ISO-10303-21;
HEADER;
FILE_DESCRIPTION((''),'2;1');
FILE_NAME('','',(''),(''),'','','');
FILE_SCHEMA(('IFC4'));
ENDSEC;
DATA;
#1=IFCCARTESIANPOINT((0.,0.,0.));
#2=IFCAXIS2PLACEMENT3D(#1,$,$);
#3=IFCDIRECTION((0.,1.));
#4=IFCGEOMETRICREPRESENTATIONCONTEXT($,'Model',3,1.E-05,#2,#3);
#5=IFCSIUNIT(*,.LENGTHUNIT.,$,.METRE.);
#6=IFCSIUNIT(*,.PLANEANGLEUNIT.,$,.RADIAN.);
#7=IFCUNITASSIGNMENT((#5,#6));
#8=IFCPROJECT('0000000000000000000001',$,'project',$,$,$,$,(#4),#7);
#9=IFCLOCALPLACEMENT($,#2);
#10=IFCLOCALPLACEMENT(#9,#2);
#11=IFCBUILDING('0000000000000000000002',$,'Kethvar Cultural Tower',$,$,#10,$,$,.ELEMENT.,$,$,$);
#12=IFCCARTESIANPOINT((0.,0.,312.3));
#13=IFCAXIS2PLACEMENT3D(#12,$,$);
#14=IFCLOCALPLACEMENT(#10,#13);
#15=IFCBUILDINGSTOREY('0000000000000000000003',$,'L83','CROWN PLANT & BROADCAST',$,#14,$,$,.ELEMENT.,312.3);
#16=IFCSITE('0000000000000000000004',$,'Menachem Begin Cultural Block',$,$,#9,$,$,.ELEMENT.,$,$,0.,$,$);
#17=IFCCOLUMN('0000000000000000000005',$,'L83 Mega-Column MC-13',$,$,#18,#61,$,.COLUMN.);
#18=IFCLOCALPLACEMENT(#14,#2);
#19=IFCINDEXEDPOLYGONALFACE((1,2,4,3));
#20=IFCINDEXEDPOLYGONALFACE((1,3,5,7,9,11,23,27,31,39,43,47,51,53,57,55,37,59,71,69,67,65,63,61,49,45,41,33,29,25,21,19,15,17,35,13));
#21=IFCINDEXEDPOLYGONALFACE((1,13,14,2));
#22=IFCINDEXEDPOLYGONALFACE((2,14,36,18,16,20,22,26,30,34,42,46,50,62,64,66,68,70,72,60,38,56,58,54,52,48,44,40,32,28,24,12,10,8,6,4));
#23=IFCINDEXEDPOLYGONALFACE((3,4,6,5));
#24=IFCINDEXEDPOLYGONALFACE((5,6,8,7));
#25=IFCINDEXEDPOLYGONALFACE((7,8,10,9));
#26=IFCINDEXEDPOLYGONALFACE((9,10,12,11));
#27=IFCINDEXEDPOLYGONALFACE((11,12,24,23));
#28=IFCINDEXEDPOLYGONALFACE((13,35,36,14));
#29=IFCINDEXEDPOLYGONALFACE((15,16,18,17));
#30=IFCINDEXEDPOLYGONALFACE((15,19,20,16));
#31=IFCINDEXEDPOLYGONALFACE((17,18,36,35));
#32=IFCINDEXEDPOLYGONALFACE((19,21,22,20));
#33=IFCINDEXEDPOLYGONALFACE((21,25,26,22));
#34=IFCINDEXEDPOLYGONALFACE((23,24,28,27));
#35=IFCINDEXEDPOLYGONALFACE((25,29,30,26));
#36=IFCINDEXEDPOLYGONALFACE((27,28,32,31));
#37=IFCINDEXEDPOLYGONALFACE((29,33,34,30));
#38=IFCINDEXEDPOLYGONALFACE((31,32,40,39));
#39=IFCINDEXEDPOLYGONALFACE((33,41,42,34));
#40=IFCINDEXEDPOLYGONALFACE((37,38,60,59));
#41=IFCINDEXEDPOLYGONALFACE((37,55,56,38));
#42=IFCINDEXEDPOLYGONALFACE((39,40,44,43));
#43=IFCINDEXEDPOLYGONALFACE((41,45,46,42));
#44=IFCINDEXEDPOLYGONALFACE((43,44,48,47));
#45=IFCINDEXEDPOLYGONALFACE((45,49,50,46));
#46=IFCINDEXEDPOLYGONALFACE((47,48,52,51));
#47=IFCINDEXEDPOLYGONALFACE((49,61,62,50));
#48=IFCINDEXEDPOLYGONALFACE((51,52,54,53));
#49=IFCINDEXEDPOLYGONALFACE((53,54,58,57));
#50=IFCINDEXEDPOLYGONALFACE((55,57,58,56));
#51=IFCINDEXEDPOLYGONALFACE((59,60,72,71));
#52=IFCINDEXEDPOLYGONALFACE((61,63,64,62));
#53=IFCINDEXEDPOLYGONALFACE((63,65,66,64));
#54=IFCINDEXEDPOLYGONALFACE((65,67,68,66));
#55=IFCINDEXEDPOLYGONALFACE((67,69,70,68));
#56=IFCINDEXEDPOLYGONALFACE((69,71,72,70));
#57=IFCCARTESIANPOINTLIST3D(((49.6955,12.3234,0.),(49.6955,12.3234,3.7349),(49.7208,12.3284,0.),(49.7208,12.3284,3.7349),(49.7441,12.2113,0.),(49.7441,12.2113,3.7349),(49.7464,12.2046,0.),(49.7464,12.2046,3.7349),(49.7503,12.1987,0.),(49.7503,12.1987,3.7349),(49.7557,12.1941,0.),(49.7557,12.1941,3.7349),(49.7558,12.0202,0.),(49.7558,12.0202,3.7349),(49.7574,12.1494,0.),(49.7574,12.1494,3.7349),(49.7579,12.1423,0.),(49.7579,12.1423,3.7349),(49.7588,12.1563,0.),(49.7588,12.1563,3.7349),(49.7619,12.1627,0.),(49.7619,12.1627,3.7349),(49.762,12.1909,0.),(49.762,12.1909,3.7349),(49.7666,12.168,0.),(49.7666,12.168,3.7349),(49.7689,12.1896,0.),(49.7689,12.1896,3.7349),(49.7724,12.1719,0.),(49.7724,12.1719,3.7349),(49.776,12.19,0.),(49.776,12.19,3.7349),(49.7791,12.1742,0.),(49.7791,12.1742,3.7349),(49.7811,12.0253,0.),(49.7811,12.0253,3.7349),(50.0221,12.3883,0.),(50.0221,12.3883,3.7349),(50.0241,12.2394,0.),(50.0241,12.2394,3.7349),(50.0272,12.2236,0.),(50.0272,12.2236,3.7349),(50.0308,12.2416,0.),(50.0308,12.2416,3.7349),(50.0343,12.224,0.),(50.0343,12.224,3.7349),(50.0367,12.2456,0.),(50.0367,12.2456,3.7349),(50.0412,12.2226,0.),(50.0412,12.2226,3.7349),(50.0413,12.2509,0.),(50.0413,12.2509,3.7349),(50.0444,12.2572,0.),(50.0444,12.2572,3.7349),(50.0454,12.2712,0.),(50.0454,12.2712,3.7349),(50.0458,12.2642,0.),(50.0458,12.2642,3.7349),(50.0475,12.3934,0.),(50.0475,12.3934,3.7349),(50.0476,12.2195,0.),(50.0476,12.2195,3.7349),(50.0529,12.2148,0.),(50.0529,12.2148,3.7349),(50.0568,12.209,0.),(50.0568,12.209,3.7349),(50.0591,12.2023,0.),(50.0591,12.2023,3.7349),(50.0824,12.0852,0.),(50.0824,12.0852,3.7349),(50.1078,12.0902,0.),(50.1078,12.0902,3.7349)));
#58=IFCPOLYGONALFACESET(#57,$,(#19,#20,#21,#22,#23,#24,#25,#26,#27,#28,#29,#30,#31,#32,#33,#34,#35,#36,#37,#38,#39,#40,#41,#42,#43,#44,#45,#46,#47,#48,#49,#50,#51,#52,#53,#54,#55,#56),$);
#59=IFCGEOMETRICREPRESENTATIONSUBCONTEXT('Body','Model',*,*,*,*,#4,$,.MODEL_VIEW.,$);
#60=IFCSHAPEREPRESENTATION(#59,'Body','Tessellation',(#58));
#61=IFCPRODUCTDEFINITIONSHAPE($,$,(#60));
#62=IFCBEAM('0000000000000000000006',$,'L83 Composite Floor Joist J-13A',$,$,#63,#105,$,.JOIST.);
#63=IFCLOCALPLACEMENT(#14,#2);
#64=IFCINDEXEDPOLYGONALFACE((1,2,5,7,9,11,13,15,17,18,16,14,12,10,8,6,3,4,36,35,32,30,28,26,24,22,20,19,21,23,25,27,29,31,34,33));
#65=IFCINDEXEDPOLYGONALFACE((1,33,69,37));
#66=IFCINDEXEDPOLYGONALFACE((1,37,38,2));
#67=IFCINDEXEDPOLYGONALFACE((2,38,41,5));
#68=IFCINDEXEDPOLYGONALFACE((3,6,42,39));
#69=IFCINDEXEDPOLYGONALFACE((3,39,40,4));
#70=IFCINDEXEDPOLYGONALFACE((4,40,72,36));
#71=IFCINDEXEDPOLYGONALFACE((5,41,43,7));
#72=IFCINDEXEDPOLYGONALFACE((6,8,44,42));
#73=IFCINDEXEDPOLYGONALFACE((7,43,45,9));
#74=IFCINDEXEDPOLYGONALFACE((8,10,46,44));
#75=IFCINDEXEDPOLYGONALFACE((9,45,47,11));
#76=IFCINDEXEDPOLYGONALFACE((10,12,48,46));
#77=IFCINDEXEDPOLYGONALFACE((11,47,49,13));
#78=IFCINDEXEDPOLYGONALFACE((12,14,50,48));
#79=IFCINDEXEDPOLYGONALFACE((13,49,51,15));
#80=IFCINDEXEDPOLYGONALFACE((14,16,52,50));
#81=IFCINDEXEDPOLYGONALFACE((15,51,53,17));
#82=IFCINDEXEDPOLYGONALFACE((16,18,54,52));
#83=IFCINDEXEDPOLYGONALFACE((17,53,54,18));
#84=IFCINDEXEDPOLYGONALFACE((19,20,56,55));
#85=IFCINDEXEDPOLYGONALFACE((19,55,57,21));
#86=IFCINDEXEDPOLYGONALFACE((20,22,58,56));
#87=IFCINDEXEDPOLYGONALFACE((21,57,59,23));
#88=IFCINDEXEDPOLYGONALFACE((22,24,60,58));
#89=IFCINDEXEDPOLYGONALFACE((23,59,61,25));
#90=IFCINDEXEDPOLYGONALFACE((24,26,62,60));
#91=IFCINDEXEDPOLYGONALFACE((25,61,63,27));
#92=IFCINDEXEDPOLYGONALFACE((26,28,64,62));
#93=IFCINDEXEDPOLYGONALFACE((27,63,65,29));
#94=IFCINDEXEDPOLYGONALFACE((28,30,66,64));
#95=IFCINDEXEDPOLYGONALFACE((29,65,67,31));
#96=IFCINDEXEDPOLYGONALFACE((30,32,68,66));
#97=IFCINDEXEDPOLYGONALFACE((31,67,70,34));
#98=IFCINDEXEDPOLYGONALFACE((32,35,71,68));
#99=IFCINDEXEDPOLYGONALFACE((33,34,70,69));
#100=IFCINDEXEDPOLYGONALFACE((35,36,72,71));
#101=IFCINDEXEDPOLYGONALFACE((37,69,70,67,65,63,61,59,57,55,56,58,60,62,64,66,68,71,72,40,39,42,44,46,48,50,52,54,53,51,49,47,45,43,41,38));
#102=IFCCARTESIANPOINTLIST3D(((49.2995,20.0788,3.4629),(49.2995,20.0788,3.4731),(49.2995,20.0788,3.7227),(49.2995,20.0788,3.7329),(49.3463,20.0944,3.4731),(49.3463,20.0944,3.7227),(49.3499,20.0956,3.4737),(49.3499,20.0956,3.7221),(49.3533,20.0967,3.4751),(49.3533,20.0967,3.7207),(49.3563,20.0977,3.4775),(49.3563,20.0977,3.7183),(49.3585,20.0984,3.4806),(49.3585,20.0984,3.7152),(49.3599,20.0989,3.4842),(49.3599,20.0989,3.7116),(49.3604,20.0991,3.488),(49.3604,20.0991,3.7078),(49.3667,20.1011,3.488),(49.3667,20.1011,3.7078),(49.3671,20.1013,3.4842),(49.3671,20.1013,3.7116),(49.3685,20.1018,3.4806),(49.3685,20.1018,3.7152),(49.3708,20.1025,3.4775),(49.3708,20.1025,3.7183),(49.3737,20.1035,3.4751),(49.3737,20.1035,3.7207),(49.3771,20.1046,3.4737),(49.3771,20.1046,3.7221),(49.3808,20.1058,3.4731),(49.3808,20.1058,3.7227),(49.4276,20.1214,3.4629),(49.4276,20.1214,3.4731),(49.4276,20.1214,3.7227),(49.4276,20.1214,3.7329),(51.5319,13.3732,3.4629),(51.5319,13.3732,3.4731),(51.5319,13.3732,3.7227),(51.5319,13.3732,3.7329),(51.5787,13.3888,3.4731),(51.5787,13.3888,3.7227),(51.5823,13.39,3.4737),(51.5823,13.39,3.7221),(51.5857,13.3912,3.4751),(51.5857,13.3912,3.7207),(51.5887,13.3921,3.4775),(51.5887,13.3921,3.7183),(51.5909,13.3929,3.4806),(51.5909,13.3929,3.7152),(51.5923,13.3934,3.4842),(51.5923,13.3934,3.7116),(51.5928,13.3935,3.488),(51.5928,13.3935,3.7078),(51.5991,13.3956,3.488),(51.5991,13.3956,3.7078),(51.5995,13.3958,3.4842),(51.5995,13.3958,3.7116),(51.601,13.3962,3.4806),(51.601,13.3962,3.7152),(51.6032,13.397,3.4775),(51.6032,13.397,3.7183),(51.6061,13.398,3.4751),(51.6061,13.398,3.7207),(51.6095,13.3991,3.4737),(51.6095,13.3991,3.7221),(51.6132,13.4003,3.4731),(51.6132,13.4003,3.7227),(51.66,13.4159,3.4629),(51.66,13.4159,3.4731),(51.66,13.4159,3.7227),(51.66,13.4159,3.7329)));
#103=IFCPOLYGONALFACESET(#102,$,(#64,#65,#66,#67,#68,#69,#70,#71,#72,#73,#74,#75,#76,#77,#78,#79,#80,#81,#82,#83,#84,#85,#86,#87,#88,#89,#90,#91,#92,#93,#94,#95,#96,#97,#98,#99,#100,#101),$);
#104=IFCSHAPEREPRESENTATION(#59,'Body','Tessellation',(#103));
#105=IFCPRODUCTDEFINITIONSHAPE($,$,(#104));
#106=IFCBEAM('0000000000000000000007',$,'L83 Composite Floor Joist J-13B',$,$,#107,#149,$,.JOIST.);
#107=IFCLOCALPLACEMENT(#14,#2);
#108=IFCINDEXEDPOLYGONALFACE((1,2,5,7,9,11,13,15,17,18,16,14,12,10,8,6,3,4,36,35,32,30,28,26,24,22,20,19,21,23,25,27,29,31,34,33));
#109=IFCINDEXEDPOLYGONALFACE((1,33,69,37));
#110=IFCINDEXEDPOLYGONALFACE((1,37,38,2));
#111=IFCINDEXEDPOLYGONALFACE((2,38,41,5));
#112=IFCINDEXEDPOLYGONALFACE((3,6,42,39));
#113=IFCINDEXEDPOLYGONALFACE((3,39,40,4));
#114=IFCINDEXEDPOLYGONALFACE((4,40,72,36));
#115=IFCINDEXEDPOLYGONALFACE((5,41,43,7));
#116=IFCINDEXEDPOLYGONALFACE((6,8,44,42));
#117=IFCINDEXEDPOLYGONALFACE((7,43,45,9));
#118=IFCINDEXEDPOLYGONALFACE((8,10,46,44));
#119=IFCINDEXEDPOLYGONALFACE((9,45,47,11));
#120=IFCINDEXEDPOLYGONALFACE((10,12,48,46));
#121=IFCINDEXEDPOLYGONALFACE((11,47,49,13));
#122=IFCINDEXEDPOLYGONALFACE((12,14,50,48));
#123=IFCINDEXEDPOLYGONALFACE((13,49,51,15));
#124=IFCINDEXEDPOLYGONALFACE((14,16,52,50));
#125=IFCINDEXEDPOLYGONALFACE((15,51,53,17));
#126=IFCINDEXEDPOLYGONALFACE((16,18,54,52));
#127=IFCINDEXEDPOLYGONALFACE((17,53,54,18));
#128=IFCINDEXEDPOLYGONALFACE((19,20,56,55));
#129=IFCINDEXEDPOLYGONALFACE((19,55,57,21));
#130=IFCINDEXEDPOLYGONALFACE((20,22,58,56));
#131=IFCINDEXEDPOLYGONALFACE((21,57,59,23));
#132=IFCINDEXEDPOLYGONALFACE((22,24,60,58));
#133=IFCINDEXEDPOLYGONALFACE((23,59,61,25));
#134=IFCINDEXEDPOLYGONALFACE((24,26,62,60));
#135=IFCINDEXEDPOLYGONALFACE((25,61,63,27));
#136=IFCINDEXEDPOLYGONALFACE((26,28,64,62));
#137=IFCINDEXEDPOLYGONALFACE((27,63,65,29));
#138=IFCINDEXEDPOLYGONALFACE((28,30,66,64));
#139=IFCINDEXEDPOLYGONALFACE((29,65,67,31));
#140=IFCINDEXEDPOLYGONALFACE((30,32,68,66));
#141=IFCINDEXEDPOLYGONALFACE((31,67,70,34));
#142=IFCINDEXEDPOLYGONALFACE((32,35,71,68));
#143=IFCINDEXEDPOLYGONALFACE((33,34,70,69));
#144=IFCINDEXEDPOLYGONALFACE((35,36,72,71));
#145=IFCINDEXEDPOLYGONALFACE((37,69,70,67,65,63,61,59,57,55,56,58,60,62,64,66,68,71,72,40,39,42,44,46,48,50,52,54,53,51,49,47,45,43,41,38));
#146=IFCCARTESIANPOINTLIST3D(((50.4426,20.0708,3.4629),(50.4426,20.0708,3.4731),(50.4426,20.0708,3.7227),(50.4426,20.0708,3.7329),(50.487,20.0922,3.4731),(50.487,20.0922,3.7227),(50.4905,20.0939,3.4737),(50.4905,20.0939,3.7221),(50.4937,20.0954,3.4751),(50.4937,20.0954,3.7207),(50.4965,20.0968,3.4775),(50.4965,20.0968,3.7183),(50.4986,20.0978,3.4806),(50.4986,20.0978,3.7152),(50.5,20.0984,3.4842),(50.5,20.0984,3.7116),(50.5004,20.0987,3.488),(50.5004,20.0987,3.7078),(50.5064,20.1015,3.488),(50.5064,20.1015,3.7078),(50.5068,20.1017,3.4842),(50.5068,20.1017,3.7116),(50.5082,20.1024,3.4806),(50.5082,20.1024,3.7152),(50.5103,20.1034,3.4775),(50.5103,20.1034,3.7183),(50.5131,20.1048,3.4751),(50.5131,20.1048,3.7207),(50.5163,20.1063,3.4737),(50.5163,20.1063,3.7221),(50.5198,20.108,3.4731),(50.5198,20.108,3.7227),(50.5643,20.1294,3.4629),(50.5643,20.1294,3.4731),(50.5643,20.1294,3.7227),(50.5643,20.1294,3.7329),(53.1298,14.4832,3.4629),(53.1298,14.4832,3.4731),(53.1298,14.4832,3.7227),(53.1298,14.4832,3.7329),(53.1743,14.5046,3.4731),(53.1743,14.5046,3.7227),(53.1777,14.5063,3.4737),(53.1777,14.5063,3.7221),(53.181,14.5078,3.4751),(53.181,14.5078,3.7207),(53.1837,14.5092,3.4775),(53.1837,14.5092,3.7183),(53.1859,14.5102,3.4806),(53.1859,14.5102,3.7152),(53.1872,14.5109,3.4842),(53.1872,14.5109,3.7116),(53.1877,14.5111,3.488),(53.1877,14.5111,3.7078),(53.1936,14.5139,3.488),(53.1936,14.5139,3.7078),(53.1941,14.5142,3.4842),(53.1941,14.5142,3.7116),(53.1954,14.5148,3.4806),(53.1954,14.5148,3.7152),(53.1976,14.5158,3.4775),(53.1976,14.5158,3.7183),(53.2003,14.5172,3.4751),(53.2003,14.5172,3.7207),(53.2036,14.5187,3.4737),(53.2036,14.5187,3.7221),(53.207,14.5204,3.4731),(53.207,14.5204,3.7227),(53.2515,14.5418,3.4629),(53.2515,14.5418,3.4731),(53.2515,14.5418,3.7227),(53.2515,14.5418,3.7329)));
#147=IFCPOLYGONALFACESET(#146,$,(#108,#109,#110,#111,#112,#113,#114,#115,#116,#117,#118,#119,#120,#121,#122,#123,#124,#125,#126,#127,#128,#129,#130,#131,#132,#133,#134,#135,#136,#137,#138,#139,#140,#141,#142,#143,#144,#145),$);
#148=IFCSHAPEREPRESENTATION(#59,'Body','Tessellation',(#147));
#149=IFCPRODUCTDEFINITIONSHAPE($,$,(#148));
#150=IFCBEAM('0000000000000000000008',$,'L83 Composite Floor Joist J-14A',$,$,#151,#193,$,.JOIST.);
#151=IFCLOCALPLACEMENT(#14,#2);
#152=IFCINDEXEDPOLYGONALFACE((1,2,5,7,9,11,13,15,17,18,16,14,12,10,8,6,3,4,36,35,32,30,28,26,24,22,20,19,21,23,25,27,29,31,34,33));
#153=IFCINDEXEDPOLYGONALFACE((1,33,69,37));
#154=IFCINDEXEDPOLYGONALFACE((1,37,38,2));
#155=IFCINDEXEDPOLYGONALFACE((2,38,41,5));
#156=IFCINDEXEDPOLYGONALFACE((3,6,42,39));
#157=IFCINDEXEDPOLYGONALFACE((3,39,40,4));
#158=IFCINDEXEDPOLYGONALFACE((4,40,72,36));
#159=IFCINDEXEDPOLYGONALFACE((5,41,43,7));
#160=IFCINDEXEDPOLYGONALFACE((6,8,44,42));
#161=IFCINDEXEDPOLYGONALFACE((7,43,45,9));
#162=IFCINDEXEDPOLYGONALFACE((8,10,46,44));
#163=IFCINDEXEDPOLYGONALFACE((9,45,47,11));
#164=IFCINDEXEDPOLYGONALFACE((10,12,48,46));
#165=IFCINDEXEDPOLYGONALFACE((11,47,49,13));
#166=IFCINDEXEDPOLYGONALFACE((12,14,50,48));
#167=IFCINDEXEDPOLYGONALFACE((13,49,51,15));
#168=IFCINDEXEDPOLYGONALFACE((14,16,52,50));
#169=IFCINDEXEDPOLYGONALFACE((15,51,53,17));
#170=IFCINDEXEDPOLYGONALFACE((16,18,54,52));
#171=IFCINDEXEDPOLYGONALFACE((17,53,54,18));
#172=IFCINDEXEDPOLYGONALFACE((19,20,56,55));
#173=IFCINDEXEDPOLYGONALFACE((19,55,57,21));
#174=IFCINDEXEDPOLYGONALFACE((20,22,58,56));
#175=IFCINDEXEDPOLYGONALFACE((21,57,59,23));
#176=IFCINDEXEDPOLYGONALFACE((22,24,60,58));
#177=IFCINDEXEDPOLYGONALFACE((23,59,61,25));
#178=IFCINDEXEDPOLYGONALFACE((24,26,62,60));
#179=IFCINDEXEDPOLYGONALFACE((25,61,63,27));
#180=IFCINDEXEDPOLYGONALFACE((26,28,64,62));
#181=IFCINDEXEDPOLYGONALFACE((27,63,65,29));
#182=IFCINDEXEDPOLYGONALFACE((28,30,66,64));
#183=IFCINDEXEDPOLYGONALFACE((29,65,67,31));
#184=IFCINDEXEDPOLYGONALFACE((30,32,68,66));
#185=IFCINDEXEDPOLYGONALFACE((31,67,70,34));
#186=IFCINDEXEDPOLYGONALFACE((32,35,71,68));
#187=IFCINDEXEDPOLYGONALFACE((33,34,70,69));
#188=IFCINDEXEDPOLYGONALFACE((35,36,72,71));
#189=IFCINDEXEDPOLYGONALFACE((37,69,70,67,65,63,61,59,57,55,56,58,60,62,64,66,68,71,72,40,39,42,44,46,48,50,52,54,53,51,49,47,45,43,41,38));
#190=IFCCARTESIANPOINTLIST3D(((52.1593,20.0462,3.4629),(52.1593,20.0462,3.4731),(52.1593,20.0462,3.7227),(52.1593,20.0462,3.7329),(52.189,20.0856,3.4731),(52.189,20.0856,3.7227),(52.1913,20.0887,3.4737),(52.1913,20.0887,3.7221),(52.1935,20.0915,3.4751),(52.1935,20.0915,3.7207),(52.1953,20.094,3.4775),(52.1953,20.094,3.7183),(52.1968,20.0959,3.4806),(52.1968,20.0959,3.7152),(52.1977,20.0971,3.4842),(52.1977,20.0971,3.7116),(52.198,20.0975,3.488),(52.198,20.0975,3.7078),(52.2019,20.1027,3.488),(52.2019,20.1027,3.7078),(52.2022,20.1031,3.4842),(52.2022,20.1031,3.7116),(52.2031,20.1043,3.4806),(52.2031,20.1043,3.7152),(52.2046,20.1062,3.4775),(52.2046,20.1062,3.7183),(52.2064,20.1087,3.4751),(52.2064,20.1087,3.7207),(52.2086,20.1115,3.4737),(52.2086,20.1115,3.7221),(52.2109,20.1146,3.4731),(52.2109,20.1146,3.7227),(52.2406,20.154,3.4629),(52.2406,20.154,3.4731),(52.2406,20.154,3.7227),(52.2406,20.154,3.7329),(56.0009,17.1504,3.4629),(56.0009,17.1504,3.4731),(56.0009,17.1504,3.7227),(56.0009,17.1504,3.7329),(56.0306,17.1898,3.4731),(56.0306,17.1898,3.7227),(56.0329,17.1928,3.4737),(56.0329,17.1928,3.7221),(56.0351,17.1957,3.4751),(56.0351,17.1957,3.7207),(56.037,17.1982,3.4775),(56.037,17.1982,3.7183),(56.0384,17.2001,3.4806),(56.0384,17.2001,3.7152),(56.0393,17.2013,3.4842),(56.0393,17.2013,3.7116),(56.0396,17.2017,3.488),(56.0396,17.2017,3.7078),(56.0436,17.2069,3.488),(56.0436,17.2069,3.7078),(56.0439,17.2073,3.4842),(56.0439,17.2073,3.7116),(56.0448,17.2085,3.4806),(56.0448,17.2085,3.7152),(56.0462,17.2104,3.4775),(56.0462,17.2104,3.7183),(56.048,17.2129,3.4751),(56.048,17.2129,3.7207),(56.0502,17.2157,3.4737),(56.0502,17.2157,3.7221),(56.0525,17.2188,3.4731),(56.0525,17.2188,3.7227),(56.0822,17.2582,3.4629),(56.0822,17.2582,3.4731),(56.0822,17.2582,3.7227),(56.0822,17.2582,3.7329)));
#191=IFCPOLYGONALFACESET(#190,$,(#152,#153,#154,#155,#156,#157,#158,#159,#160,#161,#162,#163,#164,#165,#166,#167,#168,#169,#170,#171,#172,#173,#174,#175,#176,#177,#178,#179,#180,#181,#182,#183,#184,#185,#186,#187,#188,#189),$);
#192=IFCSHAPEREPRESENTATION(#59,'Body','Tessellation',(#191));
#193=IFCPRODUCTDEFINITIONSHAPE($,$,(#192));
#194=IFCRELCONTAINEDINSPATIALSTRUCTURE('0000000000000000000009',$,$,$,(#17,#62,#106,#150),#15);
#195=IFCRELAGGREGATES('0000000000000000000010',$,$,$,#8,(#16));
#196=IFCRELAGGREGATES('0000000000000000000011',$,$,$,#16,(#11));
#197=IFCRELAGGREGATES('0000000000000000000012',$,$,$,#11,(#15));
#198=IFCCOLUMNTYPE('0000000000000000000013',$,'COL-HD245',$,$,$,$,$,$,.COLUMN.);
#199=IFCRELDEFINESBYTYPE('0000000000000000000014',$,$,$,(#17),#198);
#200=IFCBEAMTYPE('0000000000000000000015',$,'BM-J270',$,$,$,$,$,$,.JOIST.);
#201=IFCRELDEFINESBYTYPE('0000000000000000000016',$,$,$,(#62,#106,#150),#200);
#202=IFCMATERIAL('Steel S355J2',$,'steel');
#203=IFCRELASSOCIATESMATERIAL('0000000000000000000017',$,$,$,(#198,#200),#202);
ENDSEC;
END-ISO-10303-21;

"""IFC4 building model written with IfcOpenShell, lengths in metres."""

from ifc_helpers import new_model, si_unit, direction, frame, origin, origin_2d, place, context, subcontext, project, spatial, i_section, extrude, source, transform, mapped, material, material_profile, profile_set, type_object, element, save


model = new_model("IFC4")

# Units and contexts
model_context = context("Model", 3, precision=1e-05, world=origin(), true_north=direction((0.0, 1.0)))
body_context = subcontext(model_context, "Body", "Model", "MODEL_VIEW")
ifc_project = project(units=[si_unit("LENGTHUNIT", "METRE"), si_unit("PLANEANGLEUNIT", "RADIAN")], contexts=[model_context])

# Site, building, storey
site_placement = place(None, origin())
site = spatial("IfcSite", under=ifc_project, at=site_placement, Name="Menachem Begin Cultural Block", CompositionType="ELEMENT", RefElevation=0.0)
building_placement = place(site_placement, origin())
building = spatial("IfcBuilding", under=site, at=building_placement, Name="Kethvar Cultural Tower", CompositionType="ELEMENT")
storey_placement = place(building_placement, frame((0.0, 0.0, 312.3)))
storey = spatial("IfcBuildingStorey", under=building, at=storey_placement, Name="L83", Description="CROWN PLANT & BROADCAST", CompositionType="ELEMENT", Elevation=312.3)

# Column
ifc_material_1 = material(Name="Steel S355J2", Category="steel")
ifc_material_profile_1 = material_profile(ifc_material_1, i_section(OverallWidth=0.3091, OverallDepth=0.3589, WebThickness=0.0161, FlangeThickness=0.0259, FilletRadius=0.0271, at=origin_2d()), Name="Steel S355J2 — HD320x245")
ifc_profile_set_1 = profile_set([ifc_material_profile_1], Name="Steel S355J2 — HD320x245")
column_type = type_object("IfcColumnType", Name="COL-HD245", PredefinedType="COLUMN", material=ifc_profile_set_1)
shared_shape_1 = source(origin(), body_context, "Body", "SweptSolid", [
    extrude(i_section(OverallWidth=0.3091, OverallDepth=0.3589, WebThickness=0.0161, FlangeThickness=0.0259, FilletRadius=0.0271, at=origin_2d()), origin(), (0.0, 0.0, 1.0), 3.7349),
])
column_placement = place(storey_placement, frame((49.9016, 12.2068, 0.0), z_axis=(0.0, 0.0, 1.0), x_axis=(0.19509, -0.980785, 0.0)))
element("IfcColumn", 1, at=column_placement, inside=storey, type_object=column_type, Name="L83 Mega-Column MC-13", PredefinedType="COLUMN", context=body_context, shape_type="MappedRepresentation", body=[
    mapped(shared_shape_1, transform((0.0, 0.0, 0.0), scale=1.0)),
])

# Beams
ifc_material_profile_2 = material_profile(ifc_material_1, i_section(OverallWidth=0.135, OverallDepth=0.27, WebThickness=0.0066, FlangeThickness=0.0103, FilletRadius=0.0149, at=origin_2d()), Name="Steel S355J2 — IPE270")
ifc_profile_set_2 = profile_set([ifc_material_profile_2], Name="Steel S355J2 — IPE270")
beam_type_1 = type_object("IfcBeamType", Name="BM-J270", PredefinedType="JOIST", material=ifc_profile_set_2)
shared_shape_2 = source(origin(), body_context, "Body", "SweptSolid", [
    extrude(i_section(OverallWidth=0.135, OverallDepth=0.27, WebThickness=0.0066, FlangeThickness=0.0103, FilletRadius=0.0149, at=origin_2d()), origin(), (0.0, 0.0, 1.0), 7.0674),
])
beam_1_placement = place(storey_placement, frame((49.3635, 20.1001, 3.5979), z_axis=(0.315875, -0.948801, 0.0), x_axis=(0.948801, 0.315875, 0.0)))
element("IfcBeam", 2, at=beam_1_placement, inside=storey, type_object=beam_type_1, Name="L83 Composite Floor Joist J-13A", PredefinedType="JOIST", context=body_context, shape_type="MappedRepresentation", body=[
    mapped(shared_shape_2, transform((0.0, 0.0, 0.0), scale=1.0)),
])
shared_shape_3 = source(origin(), body_context, "Body", "SweptSolid", [
    extrude(i_section(OverallWidth=0.135, OverallDepth=0.27, WebThickness=0.0066, FlangeThickness=0.0103, FilletRadius=0.0149, at=origin_2d()), origin(), (0.0, 0.0, 1.0), 6.2002),
])
beam_2_placement = place(storey_placement, frame((50.5034, 20.1001, 3.5979), z_axis=(0.433411, -0.901197, 0.0), x_axis=(0.901197, 0.433411, 0.0)))
element("IfcBeam", 3, at=beam_2_placement, inside=storey, type_object=beam_type_1, Name="L83 Composite Floor Joist J-13B", PredefinedType="JOIST", context=body_context, shape_type="MappedRepresentation", body=[
    mapped(shared_shape_3, transform((0.0, 0.0, 0.0), scale=1.0)),
])
shared_shape_4 = source(origin(), body_context, "Body", "SweptSolid", [
    extrude(i_section(OverallWidth=0.135, OverallDepth=0.27, WebThickness=0.0066, FlangeThickness=0.0103, FilletRadius=0.0149, at=origin_2d()), origin(), (0.0, 0.0, 1.0), 4.8108),
])
beam_3_placement = place(storey_placement, frame((52.2, 20.1001, 3.5979), z_axis=(0.798542, -0.601939, 0.0), x_axis=(0.601939, 0.798542, 0.0)))
element("IfcBeam", 4, at=beam_3_placement, inside=storey, type_object=beam_type_1, Name="L83 Composite Floor Joist J-14A", PredefinedType="JOIST", context=body_context, shape_type="MappedRepresentation", body=[
    mapped(shared_shape_4, transform((0.0, 0.0, 0.0), scale=1.0)),
])

save(model, "model.ifc")
